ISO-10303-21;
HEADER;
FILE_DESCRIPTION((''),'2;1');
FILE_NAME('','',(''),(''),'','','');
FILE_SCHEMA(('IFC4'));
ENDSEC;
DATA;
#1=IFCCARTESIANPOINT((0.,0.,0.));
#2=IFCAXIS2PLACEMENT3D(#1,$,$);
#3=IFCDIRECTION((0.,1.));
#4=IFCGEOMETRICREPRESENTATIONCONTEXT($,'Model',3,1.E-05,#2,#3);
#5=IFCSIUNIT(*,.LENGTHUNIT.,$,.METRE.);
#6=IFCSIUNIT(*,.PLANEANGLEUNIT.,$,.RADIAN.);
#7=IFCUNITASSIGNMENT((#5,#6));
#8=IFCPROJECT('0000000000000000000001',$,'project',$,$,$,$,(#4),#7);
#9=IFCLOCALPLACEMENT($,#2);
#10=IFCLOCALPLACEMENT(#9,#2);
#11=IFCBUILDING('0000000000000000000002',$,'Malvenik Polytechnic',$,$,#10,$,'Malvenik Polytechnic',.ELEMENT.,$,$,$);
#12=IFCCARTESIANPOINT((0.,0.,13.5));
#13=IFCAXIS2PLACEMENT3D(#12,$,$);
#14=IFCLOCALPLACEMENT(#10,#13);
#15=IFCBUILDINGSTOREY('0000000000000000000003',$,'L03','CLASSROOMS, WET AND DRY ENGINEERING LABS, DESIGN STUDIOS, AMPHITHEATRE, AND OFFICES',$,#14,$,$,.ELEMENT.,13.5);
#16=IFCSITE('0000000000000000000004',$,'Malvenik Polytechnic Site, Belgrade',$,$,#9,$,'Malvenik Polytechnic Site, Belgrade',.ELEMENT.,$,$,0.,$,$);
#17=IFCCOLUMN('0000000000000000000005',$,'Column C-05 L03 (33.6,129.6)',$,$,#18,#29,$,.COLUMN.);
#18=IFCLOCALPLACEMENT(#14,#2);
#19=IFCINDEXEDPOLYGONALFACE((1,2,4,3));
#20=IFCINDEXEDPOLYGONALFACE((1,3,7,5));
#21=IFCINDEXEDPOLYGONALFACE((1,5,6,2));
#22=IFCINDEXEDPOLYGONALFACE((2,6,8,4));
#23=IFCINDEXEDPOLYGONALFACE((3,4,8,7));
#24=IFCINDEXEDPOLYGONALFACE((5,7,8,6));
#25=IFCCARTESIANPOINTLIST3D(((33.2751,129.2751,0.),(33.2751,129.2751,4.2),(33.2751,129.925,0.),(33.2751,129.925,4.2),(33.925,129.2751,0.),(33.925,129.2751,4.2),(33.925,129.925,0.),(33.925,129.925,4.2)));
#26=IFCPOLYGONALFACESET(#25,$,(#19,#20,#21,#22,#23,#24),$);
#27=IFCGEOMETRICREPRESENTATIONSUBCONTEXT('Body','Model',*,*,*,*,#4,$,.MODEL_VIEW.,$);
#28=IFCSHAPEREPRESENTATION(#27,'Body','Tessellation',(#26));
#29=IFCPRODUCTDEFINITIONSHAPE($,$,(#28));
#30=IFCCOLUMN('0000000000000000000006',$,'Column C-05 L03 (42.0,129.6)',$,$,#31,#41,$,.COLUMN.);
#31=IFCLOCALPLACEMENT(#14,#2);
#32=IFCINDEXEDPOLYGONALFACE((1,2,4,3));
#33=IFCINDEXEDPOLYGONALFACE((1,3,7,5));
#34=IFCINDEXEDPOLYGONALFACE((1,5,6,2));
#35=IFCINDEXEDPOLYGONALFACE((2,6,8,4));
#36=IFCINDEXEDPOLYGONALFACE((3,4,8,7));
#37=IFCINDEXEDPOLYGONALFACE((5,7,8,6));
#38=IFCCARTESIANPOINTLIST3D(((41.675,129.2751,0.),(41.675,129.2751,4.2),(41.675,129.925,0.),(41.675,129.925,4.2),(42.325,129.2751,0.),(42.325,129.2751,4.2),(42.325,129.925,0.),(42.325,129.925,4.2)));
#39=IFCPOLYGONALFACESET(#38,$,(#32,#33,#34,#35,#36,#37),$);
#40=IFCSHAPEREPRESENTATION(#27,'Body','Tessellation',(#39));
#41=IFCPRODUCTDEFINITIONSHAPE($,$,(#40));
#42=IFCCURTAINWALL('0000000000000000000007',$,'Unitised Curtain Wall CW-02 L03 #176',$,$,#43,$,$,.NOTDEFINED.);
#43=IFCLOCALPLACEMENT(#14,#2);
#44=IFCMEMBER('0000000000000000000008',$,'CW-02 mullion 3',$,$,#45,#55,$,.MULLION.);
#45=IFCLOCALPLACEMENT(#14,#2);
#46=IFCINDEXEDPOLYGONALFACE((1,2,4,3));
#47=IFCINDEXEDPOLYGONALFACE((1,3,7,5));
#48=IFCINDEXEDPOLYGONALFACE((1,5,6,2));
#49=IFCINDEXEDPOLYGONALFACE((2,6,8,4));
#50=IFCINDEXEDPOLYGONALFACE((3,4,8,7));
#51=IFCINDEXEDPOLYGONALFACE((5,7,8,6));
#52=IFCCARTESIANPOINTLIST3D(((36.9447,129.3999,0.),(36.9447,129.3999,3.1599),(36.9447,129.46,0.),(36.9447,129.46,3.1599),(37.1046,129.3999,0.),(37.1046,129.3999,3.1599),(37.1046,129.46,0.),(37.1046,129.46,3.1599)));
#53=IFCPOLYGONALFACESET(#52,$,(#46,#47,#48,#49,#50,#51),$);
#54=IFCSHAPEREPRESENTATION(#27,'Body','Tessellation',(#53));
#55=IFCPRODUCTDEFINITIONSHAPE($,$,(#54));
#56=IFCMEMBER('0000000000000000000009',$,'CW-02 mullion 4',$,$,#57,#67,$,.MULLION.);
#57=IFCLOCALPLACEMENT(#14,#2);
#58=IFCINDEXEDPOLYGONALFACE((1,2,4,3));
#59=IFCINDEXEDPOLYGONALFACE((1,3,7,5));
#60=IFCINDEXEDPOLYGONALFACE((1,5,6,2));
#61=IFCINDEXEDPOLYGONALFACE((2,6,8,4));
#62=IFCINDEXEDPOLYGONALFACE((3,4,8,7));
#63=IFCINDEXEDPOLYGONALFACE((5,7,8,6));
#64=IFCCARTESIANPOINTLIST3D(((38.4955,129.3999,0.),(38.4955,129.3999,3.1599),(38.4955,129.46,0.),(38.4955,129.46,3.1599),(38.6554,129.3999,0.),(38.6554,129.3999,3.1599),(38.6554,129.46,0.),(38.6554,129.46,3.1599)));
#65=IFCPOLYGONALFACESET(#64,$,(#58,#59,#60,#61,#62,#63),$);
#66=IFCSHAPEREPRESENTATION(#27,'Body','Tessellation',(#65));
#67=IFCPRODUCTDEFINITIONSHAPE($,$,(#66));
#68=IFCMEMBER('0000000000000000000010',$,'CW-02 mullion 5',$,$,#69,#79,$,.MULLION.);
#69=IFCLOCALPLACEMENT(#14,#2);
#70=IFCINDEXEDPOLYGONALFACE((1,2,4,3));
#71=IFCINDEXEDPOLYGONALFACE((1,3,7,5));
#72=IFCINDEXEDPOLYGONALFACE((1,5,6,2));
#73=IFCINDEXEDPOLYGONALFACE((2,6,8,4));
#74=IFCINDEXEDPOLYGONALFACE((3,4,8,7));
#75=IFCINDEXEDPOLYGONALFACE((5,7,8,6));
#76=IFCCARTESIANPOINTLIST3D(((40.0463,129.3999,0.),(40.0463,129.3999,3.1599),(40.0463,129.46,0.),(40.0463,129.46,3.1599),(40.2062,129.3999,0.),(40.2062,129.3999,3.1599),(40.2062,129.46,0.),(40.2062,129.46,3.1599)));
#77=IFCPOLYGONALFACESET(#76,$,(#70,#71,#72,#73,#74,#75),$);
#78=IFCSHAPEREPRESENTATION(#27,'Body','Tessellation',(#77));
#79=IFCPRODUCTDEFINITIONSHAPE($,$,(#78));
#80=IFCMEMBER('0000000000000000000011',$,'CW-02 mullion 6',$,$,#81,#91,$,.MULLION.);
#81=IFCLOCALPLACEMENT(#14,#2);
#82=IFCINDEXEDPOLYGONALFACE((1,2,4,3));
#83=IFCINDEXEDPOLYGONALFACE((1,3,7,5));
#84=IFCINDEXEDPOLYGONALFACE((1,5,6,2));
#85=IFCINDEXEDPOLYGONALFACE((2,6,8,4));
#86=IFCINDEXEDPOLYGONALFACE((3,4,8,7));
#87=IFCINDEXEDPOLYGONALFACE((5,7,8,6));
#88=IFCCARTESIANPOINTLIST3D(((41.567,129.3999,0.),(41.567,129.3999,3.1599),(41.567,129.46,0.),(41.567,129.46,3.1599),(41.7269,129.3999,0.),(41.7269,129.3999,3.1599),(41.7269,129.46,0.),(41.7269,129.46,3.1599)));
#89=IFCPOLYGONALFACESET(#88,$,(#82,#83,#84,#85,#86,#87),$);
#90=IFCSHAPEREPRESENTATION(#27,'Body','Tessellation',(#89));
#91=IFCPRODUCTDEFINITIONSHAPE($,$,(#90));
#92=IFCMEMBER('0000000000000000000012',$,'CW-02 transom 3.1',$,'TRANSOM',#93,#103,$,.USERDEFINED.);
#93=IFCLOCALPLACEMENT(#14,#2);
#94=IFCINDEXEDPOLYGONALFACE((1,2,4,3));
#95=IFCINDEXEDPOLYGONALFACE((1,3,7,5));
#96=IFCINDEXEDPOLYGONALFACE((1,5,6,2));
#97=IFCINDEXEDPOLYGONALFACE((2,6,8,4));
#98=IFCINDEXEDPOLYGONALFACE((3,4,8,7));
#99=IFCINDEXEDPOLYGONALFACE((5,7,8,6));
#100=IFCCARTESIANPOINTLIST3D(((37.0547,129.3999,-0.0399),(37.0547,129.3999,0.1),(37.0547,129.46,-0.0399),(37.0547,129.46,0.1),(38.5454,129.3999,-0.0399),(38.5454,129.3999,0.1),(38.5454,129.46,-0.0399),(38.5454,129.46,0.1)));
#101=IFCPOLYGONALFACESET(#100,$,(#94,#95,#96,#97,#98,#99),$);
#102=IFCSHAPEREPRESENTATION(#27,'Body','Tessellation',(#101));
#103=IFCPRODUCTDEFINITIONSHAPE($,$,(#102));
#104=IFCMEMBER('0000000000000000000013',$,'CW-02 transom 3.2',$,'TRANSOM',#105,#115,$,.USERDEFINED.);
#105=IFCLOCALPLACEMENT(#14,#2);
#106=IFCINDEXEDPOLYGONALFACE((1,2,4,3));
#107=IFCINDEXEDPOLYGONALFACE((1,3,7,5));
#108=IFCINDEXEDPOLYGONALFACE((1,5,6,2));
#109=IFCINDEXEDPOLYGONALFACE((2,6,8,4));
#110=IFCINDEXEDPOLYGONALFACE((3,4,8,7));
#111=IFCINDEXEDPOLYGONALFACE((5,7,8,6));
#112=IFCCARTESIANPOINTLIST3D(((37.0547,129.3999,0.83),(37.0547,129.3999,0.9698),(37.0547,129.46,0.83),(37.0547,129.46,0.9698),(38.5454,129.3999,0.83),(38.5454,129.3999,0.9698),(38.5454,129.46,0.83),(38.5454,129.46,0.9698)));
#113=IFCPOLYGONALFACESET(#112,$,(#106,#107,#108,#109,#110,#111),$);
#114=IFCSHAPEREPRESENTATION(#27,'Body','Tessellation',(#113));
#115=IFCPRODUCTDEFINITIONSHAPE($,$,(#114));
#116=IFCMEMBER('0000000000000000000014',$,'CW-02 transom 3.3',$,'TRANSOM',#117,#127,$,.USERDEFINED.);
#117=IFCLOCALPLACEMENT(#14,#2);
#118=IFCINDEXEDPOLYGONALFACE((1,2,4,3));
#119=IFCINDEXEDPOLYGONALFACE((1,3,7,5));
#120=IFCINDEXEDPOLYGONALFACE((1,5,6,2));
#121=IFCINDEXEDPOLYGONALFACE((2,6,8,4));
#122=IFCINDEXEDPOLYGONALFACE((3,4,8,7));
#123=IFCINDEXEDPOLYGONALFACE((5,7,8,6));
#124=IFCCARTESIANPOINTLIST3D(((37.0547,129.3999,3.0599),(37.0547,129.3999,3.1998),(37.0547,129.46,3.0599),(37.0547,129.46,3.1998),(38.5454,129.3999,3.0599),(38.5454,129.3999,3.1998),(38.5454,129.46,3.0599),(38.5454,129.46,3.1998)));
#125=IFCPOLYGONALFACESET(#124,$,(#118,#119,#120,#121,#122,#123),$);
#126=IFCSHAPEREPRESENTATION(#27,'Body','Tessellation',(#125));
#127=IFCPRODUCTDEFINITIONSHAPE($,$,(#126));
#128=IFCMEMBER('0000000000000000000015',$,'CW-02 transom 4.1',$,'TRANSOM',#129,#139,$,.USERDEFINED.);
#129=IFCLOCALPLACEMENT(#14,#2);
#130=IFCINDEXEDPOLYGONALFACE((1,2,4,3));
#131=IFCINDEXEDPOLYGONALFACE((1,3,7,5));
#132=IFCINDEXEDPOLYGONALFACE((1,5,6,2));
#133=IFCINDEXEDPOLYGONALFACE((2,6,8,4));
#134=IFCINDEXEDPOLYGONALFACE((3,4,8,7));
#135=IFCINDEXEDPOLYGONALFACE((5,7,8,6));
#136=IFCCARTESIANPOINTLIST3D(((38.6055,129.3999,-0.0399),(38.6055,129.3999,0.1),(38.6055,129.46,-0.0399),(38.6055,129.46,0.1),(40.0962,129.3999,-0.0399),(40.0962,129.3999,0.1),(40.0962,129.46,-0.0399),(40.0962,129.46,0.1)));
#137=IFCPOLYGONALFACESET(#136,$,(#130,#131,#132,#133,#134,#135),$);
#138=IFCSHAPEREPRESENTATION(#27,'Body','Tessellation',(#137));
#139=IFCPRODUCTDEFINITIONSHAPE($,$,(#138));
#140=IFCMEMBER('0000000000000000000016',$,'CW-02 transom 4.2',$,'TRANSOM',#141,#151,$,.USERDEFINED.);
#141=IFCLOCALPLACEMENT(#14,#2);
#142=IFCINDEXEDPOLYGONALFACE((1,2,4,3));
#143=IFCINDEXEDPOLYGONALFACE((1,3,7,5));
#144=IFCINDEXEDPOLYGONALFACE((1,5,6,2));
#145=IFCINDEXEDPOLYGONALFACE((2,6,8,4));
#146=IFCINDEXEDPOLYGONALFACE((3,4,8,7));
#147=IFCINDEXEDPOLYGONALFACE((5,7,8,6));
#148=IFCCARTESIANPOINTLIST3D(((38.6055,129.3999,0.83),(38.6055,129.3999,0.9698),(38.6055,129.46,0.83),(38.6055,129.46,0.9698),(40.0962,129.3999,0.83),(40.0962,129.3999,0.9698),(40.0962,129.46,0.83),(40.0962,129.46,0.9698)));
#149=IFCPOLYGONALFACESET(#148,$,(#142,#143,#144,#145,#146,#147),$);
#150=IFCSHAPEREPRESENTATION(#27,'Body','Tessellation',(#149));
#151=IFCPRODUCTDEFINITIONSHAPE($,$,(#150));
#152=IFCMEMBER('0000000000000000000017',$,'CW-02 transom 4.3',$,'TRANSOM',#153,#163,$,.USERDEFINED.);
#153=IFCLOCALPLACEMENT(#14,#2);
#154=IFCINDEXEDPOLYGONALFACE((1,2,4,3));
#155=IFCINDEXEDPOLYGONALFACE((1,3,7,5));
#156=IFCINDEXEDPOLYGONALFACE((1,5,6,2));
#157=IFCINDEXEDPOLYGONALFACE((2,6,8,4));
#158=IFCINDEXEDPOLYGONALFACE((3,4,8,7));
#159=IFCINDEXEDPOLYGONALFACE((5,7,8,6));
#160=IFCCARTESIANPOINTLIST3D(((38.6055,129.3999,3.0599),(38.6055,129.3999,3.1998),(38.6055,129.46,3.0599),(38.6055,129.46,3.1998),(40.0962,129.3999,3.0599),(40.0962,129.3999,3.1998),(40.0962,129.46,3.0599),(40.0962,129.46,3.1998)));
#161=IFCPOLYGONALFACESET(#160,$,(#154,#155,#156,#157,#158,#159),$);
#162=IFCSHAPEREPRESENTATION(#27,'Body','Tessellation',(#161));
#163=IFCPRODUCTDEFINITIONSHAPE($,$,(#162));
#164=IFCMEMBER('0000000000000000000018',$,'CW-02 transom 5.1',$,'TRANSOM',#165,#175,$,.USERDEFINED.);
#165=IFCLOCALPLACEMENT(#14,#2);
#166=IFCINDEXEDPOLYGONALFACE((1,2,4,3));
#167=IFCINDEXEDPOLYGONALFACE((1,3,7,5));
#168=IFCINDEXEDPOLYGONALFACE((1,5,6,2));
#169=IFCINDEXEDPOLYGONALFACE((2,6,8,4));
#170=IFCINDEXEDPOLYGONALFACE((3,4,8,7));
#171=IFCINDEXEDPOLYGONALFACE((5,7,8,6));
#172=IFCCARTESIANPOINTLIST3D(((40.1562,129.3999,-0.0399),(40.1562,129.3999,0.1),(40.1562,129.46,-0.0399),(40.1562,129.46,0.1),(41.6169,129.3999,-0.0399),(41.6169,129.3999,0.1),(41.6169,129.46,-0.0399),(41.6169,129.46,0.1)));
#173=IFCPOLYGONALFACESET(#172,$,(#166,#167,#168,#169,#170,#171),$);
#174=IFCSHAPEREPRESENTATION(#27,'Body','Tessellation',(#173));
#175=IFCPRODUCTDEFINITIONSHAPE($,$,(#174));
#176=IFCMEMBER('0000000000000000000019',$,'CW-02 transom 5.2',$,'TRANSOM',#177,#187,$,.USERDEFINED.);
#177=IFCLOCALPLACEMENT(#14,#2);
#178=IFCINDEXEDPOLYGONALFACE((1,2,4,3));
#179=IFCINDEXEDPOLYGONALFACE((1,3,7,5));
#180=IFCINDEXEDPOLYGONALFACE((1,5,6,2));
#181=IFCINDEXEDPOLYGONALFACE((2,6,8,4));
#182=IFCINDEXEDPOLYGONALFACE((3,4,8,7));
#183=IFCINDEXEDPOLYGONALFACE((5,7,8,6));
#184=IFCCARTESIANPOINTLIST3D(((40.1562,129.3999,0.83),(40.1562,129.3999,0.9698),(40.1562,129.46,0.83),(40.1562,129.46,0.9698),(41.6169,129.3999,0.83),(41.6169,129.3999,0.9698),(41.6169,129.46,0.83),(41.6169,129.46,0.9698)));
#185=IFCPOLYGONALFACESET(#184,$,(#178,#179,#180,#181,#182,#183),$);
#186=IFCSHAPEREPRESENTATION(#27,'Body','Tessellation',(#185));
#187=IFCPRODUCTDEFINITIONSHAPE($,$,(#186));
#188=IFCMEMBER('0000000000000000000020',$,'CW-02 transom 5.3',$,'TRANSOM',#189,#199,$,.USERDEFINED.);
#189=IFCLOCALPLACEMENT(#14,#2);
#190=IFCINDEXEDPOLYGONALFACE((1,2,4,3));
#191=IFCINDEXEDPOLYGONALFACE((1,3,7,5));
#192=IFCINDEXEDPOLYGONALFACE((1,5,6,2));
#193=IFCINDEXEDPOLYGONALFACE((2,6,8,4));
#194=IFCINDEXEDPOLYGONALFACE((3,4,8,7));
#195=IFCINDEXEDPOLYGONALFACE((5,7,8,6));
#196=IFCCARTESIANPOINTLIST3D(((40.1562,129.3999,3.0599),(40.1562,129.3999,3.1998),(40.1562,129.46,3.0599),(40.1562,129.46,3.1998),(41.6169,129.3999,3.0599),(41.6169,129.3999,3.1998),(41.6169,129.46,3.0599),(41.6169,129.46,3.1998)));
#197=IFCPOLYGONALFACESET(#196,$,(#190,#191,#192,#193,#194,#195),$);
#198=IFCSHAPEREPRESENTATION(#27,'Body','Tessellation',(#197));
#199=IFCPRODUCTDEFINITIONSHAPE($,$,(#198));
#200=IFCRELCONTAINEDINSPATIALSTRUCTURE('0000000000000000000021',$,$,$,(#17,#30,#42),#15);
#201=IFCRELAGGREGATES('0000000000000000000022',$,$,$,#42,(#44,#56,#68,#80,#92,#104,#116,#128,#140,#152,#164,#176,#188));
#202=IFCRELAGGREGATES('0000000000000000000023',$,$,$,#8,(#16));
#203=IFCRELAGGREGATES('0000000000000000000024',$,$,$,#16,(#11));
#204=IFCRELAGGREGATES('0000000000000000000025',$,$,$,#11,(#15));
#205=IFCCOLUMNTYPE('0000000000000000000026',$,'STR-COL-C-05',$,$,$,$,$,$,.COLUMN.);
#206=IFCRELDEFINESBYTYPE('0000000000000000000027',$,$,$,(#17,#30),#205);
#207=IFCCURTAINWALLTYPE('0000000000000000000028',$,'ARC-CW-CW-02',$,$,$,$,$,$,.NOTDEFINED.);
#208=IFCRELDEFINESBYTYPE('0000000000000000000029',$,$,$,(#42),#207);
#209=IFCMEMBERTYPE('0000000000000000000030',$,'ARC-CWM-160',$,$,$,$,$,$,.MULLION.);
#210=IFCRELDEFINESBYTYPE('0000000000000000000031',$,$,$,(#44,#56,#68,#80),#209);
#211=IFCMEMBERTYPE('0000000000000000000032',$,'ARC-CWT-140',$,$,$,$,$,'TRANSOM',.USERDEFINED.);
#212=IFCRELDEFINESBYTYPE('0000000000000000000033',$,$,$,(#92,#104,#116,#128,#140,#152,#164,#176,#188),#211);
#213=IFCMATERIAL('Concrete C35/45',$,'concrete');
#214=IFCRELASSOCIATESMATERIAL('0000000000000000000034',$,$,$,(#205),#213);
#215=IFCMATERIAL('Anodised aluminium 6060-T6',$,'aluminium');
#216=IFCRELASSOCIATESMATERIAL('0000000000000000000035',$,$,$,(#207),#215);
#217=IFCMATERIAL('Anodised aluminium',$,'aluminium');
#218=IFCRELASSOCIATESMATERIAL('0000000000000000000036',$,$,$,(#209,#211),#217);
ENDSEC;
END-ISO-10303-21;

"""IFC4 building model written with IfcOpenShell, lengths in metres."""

from ifc_helpers import new_model, si_unit, direction, frame, origin, origin_2d, place, context, subcontext, project, spatial, rectangle, extrude, material, material_profile, profile_set, type_object, element, aggregate, save


model = new_model("IFC4")

# Units and contexts
model_context = context("Model", 3, precision=1e-05, world=origin(), true_north=direction((0.0, 1.0)))
body_context = subcontext(model_context, "Body", "Model", "MODEL_VIEW")
ifc_project = project(units=[si_unit("LENGTHUNIT", "METRE"), si_unit("PLANEANGLEUNIT", "RADIAN")], contexts=[model_context])

# Site, building, storey
site_placement = place(None, origin())
site = spatial("IfcSite", under=ifc_project, at=site_placement, Name="Malvenik Polytechnic Site, Belgrade", LongName="Malvenik Polytechnic Site, Belgrade", CompositionType="ELEMENT", RefElevation=0.0)
building_placement = place(site_placement, origin())
building = spatial("IfcBuilding", under=site, at=building_placement, Name="Malvenik Polytechnic", LongName="Malvenik Polytechnic", CompositionType="ELEMENT")
storey_placement = place(building_placement, frame((0.0, 0.0, 13.5)))
storey = spatial("IfcBuildingStorey", under=building, at=storey_placement, Name="L03", Description="CLASSROOMS, WET AND DRY ENGINEERING LABS, DESIGN STUDIOS, AMPHITHEATRE, AND OFFICES", CompositionType="ELEMENT", Elevation=13.5)

# Columns
ifc_material_1 = material(Name="Concrete C35/45", Category="concrete")
ifc_material_profile_1 = material_profile(ifc_material_1, rectangle(XDim=0.6499, YDim=0.6499, at=origin_2d()), Name="RC COL 650x650")
ifc_profile_set_1 = profile_set([ifc_material_profile_1], Name="Concrete C35/45")
column_type = type_object("IfcColumnType", Name="STR-COL-C-05", PredefinedType="COLUMN", material=ifc_profile_set_1)
for number, where, z_axis, x_axis, name in (
    (1, (33.6001, 129.6001, 0.0), (0.0, 0.0, 1.0), (1.0, 0.0, 0.0), "Column C-05 L03 (33.6,129.6)"),
    (2, (42.0, 129.6001, 0.0), (0.0, 0.0, 1.0), (1.0, 0.0, 0.0), "Column C-05 L03 (42.0,129.6)"),
):
    element("IfcColumn", number, at=place(storey_placement, frame(where, z_axis=z_axis, x_axis=x_axis)), inside=storey, type_object=column_type, Name=name, PredefinedType="COLUMN", context=body_context, shape_type="SweptSolid", body=[
        extrude(rectangle(XDim=0.6499, YDim=0.6499, at=origin_2d()), origin(), (0.0, 0.0, 1.0), 4.2),
    ])

# Curtain wall, members
ifc_material_2 = material(Name="Anodised aluminium 6060-T6", Category="aluminium")
curtain_wall_type = type_object("IfcCurtainWallType", Name="ARC-CW-CW-02", PredefinedType="NOTDEFINED", material=ifc_material_2)
curtain_wall_placement = place(storey_placement, origin())
curtain_wall = element("IfcCurtainWall", 3, at=curtain_wall_placement, inside=storey, type_object=curtain_wall_type, Name="Unitised Curtain Wall CW-02 L03 #176", PredefinedType="NOTDEFINED")
ifc_material_3 = material(Name="Anodised aluminium", Category="aluminium")
ifc_material_profile_2 = material_profile(ifc_material_3, rectangle(XDim=0.0601, YDim=0.1599, at=origin_2d()), Name="ALU MULLION 60x160")
ifc_profile_set_2 = profile_set([ifc_material_profile_2], Name="Anodised aluminium")
member_type_1 = type_object("IfcMemberType", Name="ARC-CWM-160", PredefinedType="MULLION", material=ifc_profile_set_2)
member_1_placement = place(storey_placement, frame((37.0247, 129.4299, 0.0), z_axis=(0.0, 0.0, 1.0), x_axis=(0.0, 1.0, 0.0)))
member_1 = element("IfcMember", 4, at=member_1_placement, type_object=member_type_1, Name="CW-02 mullion 3", PredefinedType="MULLION", context=body_context, shape_type="SweptSolid", body=[
    extrude(rectangle(XDim=0.0601, YDim=0.1599, at=origin_2d()), origin(), (0.0, 0.0, 1.0), 3.1599),
])
member_2_placement = place(storey_placement, frame((38.5754, 129.4299, 0.0), z_axis=(0.0, 0.0, 1.0), x_axis=(0.0, 1.0, 0.0)))
member_2 = element("IfcMember", 5, at=member_2_placement, type_object=member_type_1, Name="CW-02 mullion 4", PredefinedType="MULLION", context=body_context, shape_type="SweptSolid", body=[
    extrude(rectangle(XDim=0.0601, YDim=0.1599, at=origin_2d()), origin(), (0.0, 0.0, 1.0), 3.1599),
])
member_3_placement = place(storey_placement, frame((40.1262, 129.4299, 0.0), z_axis=(0.0, 0.0, 1.0), x_axis=(0.0, 1.0, 0.0)))
member_3 = element("IfcMember", 6, at=member_3_placement, type_object=member_type_1, Name="CW-02 mullion 5", PredefinedType="MULLION", context=body_context, shape_type="SweptSolid", body=[
    extrude(rectangle(XDim=0.0601, YDim=0.1599, at=origin_2d()), origin(), (0.0, 0.0, 1.0), 3.1599),
])
member_4_placement = place(storey_placement, frame((41.647, 129.4299, 0.0), z_axis=(0.0, 0.0, 1.0), x_axis=(0.0, 1.0, 0.0)))
member_4 = element("IfcMember", 7, at=member_4_placement, type_object=member_type_1, Name="CW-02 mullion 6", PredefinedType="MULLION", context=body_context, shape_type="SweptSolid", body=[
    extrude(rectangle(XDim=0.0601, YDim=0.1599, at=origin_2d()), origin(), (0.0, 0.0, 1.0), 3.1599),
])
ifc_material_profile_3 = material_profile(ifc_material_3, rectangle(XDim=0.0601, YDim=0.1399, at=origin_2d()), Name="ALU TRANSOM 60x140")
ifc_profile_set_3 = profile_set([ifc_material_profile_3], Name="Anodised aluminium")
member_type_2 = type_object("IfcMemberType", Name="ARC-CWT-140", ElementType="TRANSOM", PredefinedType="USERDEFINED", material=ifc_profile_set_3)
member_5_placement = place(storey_placement, frame((37.0547, 129.4299, 0.03), z_axis=(1.0, 0.0, 0.0), x_axis=(0.0, 1.0, 0.0)))
member_5 = element("IfcMember", 8, at=member_5_placement, type_object=member_type_2, Name="CW-02 transom 3.1", ObjectType="TRANSOM", PredefinedType="USERDEFINED", context=body_context, shape_type="SweptSolid", body=[
    extrude(rectangle(XDim=0.0601, YDim=0.1399, at=origin_2d()), origin(), (0.0, 0.0, 1.0), 1.4907),
])
member_6_placement = place(storey_placement, frame((37.0547, 129.4299, 0.8999), z_axis=(1.0, 0.0, 0.0), x_axis=(0.0, 1.0, 0.0)))
member_6 = element("IfcMember", 9, at=member_6_placement, type_object=member_type_2, Name="CW-02 transom 3.2", ObjectType="TRANSOM", PredefinedType="USERDEFINED", context=body_context, shape_type="SweptSolid", body=[
    extrude(rectangle(XDim=0.0601, YDim=0.1399, at=origin_2d()), origin(), (0.0, 0.0, 1.0), 1.4907),
])
member_7_placement = place(storey_placement, frame((37.0547, 129.4299, 3.1299), z_axis=(1.0, 0.0, 0.0), x_axis=(0.0, 1.0, 0.0)))
member_7 = element("IfcMember", 10, at=member_7_placement, type_object=member_type_2, Name="CW-02 transom 3.3", ObjectType="TRANSOM", PredefinedType="USERDEFINED", context=body_context, shape_type="SweptSolid", body=[
    extrude(rectangle(XDim=0.0601, YDim=0.1399, at=origin_2d()), origin(), (0.0, 0.0, 1.0), 1.4907),
])
member_8_placement = place(storey_placement, frame((38.6055, 129.4299, 0.03), z_axis=(1.0, 0.0, 0.0), x_axis=(0.0, 1.0, 0.0)))
member_8 = element("IfcMember", 11, at=member_8_placement, type_object=member_type_2, Name="CW-02 transom 4.1", ObjectType="TRANSOM", PredefinedType="USERDEFINED", context=body_context, shape_type="SweptSolid", body=[
    extrude(rectangle(XDim=0.0601, YDim=0.1399, at=origin_2d()), origin(), (0.0, 0.0, 1.0), 1.4907),
])
member_9_placement = place(storey_placement, frame((38.6055, 129.4299, 0.8999), z_axis=(1.0, 0.0, 0.0), x_axis=(0.0, 1.0, 0.0)))
member_9 = element("IfcMember", 12, at=member_9_placement, type_object=member_type_2, Name="CW-02 transom 4.2", ObjectType="TRANSOM", PredefinedType="USERDEFINED", context=body_context, shape_type="SweptSolid", body=[
    extrude(rectangle(XDim=0.0601, YDim=0.1399, at=origin_2d()), origin(), (0.0, 0.0, 1.0), 1.4907),
])
member_10_placement = place(storey_placement, frame((38.6055, 129.4299, 3.1299), z_axis=(1.0, 0.0, 0.0), x_axis=(0.0, 1.0, 0.0)))
member_10 = element("IfcMember", 13, at=member_10_placement, type_object=member_type_2, Name="CW-02 transom 4.3", ObjectType="TRANSOM", PredefinedType="USERDEFINED", context=body_context, shape_type="SweptSolid", body=[
    extrude(rectangle(XDim=0.0601, YDim=0.1399, at=origin_2d()), origin(), (0.0, 0.0, 1.0), 1.4907),
])
member_11_placement = place(storey_placement, frame((40.1562, 129.4299, 0.03), z_axis=(1.0, 0.0, 0.0), x_axis=(0.0, 1.0, 0.0)))
member_11 = element("IfcMember", 14, at=member_11_placement, type_object=member_type_2, Name="CW-02 transom 5.1", ObjectType="TRANSOM", PredefinedType="USERDEFINED", context=body_context, shape_type="SweptSolid", body=[
    extrude(rectangle(XDim=0.0601, YDim=0.1399, at=origin_2d()), origin(), (0.0, 0.0, 1.0), 1.4607),
])
member_12_placement = place(storey_placement, frame((40.1562, 129.4299, 0.8999), z_axis=(1.0, 0.0, 0.0), x_axis=(0.0, 1.0, 0.0)))
member_12 = element("IfcMember", 15, at=member_12_placement, type_object=member_type_2, Name="CW-02 transom 5.2", ObjectType="TRANSOM", PredefinedType="USERDEFINED", context=body_context, shape_type="SweptSolid", body=[
    extrude(rectangle(XDim=0.0601, YDim=0.1399, at=origin_2d()), origin(), (0.0, 0.0, 1.0), 1.4607),
])
member_13_placement = place(storey_placement, frame((40.1562, 129.4299, 3.1299), z_axis=(1.0, 0.0, 0.0), x_axis=(0.0, 1.0, 0.0)))
member_13 = element("IfcMember", 16, at=member_13_placement, type_object=member_type_2, Name="CW-02 transom 5.3", ObjectType="TRANSOM", PredefinedType="USERDEFINED", context=body_context, shape_type="SweptSolid", body=[
    extrude(rectangle(XDim=0.0601, YDim=0.1399, at=origin_2d()), origin(), (0.0, 0.0, 1.0), 1.4607),
])

aggregate(curtain_wall, [member_1, member_2, member_3, member_4, member_5, member_6, member_7, member_8, member_9, member_10, member_11, member_12, member_13])

save(model, "model.ifc")
